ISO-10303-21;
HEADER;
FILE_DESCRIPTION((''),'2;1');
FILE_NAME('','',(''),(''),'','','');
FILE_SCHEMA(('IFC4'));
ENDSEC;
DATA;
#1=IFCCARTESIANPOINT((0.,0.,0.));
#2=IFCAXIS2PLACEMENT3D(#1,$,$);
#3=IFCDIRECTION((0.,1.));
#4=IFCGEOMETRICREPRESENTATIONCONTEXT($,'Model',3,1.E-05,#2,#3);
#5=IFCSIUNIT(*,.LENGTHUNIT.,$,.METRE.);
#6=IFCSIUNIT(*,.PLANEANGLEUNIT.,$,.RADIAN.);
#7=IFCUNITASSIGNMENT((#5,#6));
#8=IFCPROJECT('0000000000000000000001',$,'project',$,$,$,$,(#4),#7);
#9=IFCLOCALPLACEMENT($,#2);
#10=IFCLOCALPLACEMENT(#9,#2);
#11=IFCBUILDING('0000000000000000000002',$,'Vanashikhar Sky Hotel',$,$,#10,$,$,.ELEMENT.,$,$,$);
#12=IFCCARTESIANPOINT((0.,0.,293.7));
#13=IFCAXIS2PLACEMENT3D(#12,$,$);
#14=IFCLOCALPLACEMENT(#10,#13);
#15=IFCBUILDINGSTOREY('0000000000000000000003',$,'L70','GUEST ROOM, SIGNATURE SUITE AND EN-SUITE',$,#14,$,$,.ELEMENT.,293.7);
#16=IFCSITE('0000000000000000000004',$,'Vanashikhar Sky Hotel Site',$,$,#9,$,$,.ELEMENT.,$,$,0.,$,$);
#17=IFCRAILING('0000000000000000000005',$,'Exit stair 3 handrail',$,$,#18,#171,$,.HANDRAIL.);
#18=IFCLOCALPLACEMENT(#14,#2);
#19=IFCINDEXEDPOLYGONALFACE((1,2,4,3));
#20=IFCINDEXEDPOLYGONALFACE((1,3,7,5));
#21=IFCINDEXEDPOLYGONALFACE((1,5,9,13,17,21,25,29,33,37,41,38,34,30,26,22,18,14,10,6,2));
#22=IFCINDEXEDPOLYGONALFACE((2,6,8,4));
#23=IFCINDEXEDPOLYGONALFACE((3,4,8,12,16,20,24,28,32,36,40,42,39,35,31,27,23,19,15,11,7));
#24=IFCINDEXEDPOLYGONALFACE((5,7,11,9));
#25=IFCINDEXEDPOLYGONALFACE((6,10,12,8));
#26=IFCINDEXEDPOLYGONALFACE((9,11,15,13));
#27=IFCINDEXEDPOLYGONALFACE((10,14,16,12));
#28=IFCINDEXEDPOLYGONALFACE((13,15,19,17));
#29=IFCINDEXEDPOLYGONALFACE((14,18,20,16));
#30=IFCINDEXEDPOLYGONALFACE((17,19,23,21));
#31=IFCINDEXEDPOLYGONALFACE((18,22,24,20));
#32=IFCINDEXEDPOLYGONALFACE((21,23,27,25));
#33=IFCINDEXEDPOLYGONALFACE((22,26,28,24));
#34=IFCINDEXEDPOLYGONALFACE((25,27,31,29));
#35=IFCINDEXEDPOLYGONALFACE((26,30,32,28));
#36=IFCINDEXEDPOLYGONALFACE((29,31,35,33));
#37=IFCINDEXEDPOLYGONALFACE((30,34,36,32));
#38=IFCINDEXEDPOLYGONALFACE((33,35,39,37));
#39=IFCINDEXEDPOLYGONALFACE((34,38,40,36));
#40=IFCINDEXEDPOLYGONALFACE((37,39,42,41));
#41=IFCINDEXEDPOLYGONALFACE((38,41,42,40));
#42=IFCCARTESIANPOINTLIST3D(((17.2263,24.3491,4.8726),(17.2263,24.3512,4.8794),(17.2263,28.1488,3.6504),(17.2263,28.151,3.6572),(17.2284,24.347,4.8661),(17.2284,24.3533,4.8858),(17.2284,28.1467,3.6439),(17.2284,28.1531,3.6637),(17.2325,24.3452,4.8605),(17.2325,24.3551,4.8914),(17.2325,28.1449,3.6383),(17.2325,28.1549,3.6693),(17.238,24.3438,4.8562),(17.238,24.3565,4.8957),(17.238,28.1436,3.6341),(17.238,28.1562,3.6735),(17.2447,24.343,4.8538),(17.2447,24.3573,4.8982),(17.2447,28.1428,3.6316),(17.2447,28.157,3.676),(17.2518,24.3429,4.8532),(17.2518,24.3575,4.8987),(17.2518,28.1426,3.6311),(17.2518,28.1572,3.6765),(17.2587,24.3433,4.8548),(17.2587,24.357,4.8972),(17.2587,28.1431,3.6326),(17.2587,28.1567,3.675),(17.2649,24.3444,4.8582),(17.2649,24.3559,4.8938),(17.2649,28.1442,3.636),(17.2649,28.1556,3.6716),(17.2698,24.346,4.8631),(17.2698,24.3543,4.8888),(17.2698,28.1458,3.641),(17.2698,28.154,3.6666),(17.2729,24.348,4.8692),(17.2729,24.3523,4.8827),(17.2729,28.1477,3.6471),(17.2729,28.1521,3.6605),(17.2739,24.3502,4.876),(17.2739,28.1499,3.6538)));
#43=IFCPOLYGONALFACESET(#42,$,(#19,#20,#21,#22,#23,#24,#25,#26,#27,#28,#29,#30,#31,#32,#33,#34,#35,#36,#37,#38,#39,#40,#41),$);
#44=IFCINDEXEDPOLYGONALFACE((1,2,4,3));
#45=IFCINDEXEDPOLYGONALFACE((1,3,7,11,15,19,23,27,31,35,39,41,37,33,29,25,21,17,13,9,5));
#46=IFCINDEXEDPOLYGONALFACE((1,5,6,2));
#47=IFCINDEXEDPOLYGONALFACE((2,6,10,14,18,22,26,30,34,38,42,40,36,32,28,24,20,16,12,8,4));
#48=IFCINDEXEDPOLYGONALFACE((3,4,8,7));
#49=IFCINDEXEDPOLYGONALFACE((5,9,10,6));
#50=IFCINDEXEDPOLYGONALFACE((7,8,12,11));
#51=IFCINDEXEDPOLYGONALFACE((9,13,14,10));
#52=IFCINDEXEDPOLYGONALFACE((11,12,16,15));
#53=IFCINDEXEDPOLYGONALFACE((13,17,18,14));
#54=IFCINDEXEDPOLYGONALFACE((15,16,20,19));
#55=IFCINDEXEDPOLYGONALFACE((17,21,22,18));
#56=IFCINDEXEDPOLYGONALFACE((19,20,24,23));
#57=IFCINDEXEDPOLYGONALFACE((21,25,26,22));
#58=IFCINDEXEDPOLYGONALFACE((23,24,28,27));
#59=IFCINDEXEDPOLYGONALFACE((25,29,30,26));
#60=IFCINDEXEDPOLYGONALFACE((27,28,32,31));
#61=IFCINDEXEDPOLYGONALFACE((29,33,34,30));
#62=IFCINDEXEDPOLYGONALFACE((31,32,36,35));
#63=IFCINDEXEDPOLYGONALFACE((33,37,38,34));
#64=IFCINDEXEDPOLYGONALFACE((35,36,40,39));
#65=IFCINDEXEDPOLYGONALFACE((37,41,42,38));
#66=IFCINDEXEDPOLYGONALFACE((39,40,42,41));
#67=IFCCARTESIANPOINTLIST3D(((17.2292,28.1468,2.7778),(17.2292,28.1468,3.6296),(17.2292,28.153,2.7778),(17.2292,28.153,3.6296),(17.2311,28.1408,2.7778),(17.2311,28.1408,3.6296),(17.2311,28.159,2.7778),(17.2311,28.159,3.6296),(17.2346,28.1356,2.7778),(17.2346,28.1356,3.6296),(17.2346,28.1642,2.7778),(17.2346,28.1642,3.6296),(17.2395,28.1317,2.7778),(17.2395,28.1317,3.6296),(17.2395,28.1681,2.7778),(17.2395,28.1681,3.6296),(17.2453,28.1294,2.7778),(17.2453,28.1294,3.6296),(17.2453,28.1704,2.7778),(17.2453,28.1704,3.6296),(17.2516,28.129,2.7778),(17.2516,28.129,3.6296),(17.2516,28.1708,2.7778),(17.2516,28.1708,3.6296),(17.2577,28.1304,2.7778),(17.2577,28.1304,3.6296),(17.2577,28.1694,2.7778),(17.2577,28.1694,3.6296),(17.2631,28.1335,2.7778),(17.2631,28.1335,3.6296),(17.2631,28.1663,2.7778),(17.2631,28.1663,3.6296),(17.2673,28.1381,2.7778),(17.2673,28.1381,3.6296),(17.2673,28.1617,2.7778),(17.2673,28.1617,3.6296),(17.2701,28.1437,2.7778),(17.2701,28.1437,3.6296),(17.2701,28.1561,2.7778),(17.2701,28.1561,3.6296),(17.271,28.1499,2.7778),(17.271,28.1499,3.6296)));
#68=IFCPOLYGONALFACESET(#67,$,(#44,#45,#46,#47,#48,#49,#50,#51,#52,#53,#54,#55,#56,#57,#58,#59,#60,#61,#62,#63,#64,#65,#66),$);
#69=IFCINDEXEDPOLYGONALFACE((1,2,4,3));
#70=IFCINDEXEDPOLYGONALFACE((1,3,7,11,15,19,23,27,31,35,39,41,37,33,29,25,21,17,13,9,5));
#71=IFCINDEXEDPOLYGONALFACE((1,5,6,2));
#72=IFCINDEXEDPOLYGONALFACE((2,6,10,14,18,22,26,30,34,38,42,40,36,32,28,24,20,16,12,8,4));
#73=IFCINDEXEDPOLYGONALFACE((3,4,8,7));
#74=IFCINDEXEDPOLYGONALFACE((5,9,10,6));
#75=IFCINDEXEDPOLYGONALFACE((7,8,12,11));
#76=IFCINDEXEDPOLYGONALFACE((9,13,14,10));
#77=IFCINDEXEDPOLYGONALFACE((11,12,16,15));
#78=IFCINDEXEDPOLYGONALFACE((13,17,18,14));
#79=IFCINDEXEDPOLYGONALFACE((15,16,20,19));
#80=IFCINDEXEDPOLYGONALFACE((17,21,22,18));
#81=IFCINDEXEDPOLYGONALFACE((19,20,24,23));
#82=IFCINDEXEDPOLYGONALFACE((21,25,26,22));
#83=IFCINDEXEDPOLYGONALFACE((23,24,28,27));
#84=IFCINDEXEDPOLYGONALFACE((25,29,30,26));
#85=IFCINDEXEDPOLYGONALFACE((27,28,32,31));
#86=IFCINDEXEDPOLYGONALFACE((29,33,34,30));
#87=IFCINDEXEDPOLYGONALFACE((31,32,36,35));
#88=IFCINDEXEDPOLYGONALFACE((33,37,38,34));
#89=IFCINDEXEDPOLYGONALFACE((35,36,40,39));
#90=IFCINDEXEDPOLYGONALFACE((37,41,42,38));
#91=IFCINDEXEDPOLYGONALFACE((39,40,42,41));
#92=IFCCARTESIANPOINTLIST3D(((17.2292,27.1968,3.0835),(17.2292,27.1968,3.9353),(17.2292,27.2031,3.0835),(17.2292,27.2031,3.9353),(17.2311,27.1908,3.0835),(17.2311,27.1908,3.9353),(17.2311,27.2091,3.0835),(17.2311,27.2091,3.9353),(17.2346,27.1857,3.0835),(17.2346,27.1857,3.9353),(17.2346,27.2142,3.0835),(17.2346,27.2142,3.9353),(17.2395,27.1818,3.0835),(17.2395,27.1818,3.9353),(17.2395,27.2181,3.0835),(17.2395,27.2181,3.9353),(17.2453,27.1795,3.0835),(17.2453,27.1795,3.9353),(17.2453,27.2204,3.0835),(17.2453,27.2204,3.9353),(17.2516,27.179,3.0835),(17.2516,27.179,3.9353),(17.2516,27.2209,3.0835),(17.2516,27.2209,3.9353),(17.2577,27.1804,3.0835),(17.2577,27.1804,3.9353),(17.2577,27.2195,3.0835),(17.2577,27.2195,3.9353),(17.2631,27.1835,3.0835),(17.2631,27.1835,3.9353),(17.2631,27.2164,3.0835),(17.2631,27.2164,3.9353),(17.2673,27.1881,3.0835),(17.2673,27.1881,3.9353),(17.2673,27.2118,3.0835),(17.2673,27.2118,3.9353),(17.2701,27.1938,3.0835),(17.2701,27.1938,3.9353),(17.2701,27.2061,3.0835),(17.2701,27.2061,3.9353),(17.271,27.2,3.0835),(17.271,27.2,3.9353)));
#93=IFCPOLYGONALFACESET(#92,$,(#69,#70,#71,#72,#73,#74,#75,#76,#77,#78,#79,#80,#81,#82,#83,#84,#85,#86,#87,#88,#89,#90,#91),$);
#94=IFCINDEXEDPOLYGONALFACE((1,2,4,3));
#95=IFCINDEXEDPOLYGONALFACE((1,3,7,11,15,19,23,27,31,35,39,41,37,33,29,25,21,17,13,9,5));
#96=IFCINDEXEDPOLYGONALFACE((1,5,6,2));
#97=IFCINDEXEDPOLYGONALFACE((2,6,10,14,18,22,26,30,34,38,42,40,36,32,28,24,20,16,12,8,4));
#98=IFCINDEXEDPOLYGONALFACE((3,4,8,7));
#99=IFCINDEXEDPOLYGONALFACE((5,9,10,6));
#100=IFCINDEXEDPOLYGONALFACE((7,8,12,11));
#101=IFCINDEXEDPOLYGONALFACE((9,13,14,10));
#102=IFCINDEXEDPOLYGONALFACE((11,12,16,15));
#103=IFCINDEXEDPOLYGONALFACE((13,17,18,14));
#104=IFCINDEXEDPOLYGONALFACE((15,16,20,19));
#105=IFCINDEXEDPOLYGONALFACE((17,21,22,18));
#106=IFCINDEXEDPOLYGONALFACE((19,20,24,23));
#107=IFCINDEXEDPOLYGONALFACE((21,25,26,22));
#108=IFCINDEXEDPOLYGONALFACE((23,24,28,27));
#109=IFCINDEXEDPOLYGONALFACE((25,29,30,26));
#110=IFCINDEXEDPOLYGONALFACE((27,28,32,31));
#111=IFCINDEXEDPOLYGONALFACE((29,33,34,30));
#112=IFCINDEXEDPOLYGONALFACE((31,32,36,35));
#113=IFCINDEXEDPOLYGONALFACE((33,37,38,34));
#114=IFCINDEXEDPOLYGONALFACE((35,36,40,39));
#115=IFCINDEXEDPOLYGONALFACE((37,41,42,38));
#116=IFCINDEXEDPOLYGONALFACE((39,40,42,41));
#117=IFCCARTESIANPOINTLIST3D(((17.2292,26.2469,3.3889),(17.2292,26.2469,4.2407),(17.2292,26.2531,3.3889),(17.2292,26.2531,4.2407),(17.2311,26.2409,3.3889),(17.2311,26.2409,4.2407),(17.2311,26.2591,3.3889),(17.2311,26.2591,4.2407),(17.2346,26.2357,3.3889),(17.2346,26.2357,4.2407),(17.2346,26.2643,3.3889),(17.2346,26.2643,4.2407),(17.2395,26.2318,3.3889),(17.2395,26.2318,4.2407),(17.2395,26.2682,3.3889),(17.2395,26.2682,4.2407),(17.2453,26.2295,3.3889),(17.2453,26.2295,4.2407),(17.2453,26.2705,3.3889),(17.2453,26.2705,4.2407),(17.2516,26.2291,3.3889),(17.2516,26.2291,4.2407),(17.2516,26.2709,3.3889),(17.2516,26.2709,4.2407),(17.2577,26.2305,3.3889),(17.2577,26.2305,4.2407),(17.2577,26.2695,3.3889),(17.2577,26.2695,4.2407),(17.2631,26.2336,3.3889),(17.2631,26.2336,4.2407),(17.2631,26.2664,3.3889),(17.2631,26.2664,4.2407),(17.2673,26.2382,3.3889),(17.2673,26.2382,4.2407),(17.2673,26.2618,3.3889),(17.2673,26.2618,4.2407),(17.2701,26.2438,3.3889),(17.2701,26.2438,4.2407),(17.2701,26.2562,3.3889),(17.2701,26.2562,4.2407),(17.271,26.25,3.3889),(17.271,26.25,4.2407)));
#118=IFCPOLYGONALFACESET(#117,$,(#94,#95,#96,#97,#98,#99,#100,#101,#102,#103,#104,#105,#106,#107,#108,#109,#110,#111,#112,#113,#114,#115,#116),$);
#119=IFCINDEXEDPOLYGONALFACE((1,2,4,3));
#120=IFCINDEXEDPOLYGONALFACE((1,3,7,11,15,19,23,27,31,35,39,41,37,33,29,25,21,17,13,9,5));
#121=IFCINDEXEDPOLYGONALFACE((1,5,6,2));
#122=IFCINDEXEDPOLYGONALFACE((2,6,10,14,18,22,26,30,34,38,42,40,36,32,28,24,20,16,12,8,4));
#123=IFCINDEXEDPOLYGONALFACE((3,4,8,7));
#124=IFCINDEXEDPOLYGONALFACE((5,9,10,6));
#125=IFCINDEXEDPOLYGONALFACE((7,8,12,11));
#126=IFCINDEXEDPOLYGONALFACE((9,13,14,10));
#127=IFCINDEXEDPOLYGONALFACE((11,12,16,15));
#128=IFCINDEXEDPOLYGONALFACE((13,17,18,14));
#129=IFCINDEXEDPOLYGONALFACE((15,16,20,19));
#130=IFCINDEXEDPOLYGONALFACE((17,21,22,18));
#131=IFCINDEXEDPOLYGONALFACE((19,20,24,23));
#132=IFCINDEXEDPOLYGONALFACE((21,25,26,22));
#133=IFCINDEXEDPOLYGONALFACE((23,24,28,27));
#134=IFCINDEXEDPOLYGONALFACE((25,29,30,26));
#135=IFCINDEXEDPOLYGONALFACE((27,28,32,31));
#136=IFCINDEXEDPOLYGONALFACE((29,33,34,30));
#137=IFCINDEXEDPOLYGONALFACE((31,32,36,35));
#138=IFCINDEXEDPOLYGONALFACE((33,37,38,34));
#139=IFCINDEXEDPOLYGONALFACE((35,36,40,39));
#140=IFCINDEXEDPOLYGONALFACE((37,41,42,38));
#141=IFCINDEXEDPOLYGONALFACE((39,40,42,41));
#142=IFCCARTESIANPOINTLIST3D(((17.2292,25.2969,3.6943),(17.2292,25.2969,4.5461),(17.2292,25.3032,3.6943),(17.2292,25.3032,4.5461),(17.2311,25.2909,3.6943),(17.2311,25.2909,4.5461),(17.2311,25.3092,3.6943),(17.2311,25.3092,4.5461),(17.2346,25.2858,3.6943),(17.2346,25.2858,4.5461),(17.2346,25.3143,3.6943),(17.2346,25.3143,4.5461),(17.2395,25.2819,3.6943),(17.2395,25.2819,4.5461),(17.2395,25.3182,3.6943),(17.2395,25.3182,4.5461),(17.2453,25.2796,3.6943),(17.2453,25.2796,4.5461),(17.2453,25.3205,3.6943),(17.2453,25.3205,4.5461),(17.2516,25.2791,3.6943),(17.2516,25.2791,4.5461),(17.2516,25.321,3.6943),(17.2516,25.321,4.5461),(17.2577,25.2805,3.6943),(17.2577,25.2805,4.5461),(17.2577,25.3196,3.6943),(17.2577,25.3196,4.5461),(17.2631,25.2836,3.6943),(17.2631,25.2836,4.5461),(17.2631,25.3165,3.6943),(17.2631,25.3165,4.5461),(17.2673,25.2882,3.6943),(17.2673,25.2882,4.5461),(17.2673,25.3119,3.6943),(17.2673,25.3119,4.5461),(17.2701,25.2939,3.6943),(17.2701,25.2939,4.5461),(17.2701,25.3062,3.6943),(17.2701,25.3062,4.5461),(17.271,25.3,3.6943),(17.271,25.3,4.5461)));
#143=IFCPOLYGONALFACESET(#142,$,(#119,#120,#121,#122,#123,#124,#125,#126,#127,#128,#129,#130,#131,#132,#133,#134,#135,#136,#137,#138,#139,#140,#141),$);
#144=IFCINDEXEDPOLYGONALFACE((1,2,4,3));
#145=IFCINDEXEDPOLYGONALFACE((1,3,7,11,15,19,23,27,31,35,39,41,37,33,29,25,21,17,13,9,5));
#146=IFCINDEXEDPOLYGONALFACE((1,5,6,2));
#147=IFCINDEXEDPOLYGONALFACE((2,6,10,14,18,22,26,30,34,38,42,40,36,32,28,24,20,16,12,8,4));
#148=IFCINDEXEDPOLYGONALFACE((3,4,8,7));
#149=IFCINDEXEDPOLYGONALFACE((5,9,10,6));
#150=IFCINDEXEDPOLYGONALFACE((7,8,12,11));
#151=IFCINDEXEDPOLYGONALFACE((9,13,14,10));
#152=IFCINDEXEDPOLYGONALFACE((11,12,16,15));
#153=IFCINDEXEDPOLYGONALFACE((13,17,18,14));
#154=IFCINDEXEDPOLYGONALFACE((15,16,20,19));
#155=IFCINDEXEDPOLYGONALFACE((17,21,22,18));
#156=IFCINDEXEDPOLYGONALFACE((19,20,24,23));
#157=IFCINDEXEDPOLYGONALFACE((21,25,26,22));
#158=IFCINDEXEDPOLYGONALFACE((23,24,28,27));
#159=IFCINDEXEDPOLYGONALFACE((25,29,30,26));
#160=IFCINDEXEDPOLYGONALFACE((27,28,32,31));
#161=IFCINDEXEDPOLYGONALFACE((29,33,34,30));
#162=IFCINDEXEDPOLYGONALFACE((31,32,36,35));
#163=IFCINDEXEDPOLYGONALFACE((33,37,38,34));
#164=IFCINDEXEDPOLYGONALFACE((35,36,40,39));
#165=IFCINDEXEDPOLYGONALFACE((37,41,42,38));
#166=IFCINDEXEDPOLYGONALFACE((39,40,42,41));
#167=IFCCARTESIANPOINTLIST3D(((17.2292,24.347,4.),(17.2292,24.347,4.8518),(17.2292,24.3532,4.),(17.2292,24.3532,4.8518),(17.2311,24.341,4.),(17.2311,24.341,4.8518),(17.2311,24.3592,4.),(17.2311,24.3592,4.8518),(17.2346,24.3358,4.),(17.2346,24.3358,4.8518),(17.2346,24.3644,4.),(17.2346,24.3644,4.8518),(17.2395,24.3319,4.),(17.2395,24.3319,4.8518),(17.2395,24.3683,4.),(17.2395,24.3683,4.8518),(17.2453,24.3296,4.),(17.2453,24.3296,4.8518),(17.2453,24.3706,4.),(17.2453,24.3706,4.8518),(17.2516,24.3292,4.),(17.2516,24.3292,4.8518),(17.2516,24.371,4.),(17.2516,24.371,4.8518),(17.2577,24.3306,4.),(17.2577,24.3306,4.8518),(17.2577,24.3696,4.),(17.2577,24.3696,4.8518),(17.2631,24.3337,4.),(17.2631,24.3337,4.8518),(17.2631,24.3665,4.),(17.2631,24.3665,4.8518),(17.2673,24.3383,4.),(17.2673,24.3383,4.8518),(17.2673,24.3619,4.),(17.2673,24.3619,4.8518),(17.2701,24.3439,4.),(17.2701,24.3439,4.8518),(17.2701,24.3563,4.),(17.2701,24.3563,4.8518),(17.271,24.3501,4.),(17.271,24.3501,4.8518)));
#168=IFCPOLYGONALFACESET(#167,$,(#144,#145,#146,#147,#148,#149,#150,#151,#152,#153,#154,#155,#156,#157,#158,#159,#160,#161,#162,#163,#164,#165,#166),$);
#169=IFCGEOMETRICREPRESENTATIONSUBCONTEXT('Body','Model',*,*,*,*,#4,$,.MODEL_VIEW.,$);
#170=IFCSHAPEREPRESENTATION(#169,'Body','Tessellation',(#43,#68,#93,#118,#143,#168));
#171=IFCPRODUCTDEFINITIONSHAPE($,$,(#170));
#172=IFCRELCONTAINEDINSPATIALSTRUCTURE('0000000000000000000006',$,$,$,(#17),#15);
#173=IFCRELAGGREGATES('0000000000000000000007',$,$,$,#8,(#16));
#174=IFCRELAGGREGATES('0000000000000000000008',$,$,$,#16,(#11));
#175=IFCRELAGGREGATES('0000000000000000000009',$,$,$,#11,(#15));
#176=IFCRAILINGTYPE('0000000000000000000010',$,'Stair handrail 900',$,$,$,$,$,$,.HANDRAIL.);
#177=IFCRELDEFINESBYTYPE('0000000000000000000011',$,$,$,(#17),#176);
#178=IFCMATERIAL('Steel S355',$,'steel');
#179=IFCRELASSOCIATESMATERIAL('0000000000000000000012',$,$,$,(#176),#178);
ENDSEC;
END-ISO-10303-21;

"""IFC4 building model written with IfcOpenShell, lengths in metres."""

from ifc_helpers import new_model, si_unit, direction, frame, origin, origin_2d, place, context, subcontext, project, spatial, circle, extrude, source, transform, mapped, material, type_object, element, save


model = new_model("IFC4")

# Units and contexts
model_context = context("Model", 3, precision=1e-05, world=origin(), true_north=direction((0.0, 1.0)))
body_context = subcontext(model_context, "Body", "Model", "MODEL_VIEW")
ifc_project = project(units=[si_unit("LENGTHUNIT", "METRE"), si_unit("PLANEANGLEUNIT", "RADIAN")], contexts=[model_context])

# Site, building, storey
site_placement = place(None, origin())
site = spatial("IfcSite", under=ifc_project, at=site_placement, Name="Vanashikhar Sky Hotel Site", CompositionType="ELEMENT", RefElevation=0.0)
building_placement = place(site_placement, origin())
building = spatial("IfcBuilding", under=site, at=building_placement, Name="Vanashikhar Sky Hotel", CompositionType="ELEMENT")
storey_placement = place(building_placement, frame((0.0, 0.0, 293.7)))
storey = spatial("IfcBuildingStorey", under=building, at=storey_placement, Name="L70", Description="GUEST ROOM, SIGNATURE SUITE AND EN-SUITE", CompositionType="ELEMENT", Elevation=293.7)

# Railing
ifc_material_1 = material(Name="Steel S355", Category="steel")
railing_type_1 = type_object("IfcRailingType", Name="Stair handrail 900", PredefinedType="HANDRAIL", material=ifc_material_1)
shared_shape_1 = source(origin(), body_context, "Body", "SweptSolid", [
    extrude(circle(Radius=0.0239, at=origin_2d()), frame((0.0, 0.0, 0.876), z_axis=(0.0, -0.95197, 0.306191), x_axis=(1.0, 0.0, 0.0)), (0.0, 0.0, 1.0), 3.9915),
    extrude(circle(Radius=0.021, at=origin_2d()), origin(), (0.0, 0.0, 1.0), 0.8518),
    extrude(circle(Radius=0.021, at=origin_2d()), frame((0.0, -0.95, 0.3057)), (0.0, 0.0, 1.0), 0.8518),
    extrude(circle(Radius=0.021, at=origin_2d()), frame((0.0, -1.8999, 0.6111)), (0.0, 0.0, 1.0), 0.8518),
    extrude(circle(Radius=0.021, at=origin_2d()), frame((0.0, -2.8499, 0.9165)), (0.0, 0.0, 1.0), 0.8518),
    extrude(circle(Radius=0.021, at=origin_2d()), frame((0.0, -3.7998, 1.2222)), (0.0, 0.0, 1.0), 0.8518),
])
railing_1_placement = place(storey_placement, frame((17.25, 28.1499, 2.7778)))
element("IfcRailing", 1, at=railing_1_placement, inside=storey, type_object=railing_type_1, Name="Exit stair 3 handrail", PredefinedType="HANDRAIL", context=body_context, shape_type="MappedRepresentation", body=[
    mapped(shared_shape_1, transform((0.0, 0.0, 0.0), scale=1.0)),
])

save(model, "model.ifc")
